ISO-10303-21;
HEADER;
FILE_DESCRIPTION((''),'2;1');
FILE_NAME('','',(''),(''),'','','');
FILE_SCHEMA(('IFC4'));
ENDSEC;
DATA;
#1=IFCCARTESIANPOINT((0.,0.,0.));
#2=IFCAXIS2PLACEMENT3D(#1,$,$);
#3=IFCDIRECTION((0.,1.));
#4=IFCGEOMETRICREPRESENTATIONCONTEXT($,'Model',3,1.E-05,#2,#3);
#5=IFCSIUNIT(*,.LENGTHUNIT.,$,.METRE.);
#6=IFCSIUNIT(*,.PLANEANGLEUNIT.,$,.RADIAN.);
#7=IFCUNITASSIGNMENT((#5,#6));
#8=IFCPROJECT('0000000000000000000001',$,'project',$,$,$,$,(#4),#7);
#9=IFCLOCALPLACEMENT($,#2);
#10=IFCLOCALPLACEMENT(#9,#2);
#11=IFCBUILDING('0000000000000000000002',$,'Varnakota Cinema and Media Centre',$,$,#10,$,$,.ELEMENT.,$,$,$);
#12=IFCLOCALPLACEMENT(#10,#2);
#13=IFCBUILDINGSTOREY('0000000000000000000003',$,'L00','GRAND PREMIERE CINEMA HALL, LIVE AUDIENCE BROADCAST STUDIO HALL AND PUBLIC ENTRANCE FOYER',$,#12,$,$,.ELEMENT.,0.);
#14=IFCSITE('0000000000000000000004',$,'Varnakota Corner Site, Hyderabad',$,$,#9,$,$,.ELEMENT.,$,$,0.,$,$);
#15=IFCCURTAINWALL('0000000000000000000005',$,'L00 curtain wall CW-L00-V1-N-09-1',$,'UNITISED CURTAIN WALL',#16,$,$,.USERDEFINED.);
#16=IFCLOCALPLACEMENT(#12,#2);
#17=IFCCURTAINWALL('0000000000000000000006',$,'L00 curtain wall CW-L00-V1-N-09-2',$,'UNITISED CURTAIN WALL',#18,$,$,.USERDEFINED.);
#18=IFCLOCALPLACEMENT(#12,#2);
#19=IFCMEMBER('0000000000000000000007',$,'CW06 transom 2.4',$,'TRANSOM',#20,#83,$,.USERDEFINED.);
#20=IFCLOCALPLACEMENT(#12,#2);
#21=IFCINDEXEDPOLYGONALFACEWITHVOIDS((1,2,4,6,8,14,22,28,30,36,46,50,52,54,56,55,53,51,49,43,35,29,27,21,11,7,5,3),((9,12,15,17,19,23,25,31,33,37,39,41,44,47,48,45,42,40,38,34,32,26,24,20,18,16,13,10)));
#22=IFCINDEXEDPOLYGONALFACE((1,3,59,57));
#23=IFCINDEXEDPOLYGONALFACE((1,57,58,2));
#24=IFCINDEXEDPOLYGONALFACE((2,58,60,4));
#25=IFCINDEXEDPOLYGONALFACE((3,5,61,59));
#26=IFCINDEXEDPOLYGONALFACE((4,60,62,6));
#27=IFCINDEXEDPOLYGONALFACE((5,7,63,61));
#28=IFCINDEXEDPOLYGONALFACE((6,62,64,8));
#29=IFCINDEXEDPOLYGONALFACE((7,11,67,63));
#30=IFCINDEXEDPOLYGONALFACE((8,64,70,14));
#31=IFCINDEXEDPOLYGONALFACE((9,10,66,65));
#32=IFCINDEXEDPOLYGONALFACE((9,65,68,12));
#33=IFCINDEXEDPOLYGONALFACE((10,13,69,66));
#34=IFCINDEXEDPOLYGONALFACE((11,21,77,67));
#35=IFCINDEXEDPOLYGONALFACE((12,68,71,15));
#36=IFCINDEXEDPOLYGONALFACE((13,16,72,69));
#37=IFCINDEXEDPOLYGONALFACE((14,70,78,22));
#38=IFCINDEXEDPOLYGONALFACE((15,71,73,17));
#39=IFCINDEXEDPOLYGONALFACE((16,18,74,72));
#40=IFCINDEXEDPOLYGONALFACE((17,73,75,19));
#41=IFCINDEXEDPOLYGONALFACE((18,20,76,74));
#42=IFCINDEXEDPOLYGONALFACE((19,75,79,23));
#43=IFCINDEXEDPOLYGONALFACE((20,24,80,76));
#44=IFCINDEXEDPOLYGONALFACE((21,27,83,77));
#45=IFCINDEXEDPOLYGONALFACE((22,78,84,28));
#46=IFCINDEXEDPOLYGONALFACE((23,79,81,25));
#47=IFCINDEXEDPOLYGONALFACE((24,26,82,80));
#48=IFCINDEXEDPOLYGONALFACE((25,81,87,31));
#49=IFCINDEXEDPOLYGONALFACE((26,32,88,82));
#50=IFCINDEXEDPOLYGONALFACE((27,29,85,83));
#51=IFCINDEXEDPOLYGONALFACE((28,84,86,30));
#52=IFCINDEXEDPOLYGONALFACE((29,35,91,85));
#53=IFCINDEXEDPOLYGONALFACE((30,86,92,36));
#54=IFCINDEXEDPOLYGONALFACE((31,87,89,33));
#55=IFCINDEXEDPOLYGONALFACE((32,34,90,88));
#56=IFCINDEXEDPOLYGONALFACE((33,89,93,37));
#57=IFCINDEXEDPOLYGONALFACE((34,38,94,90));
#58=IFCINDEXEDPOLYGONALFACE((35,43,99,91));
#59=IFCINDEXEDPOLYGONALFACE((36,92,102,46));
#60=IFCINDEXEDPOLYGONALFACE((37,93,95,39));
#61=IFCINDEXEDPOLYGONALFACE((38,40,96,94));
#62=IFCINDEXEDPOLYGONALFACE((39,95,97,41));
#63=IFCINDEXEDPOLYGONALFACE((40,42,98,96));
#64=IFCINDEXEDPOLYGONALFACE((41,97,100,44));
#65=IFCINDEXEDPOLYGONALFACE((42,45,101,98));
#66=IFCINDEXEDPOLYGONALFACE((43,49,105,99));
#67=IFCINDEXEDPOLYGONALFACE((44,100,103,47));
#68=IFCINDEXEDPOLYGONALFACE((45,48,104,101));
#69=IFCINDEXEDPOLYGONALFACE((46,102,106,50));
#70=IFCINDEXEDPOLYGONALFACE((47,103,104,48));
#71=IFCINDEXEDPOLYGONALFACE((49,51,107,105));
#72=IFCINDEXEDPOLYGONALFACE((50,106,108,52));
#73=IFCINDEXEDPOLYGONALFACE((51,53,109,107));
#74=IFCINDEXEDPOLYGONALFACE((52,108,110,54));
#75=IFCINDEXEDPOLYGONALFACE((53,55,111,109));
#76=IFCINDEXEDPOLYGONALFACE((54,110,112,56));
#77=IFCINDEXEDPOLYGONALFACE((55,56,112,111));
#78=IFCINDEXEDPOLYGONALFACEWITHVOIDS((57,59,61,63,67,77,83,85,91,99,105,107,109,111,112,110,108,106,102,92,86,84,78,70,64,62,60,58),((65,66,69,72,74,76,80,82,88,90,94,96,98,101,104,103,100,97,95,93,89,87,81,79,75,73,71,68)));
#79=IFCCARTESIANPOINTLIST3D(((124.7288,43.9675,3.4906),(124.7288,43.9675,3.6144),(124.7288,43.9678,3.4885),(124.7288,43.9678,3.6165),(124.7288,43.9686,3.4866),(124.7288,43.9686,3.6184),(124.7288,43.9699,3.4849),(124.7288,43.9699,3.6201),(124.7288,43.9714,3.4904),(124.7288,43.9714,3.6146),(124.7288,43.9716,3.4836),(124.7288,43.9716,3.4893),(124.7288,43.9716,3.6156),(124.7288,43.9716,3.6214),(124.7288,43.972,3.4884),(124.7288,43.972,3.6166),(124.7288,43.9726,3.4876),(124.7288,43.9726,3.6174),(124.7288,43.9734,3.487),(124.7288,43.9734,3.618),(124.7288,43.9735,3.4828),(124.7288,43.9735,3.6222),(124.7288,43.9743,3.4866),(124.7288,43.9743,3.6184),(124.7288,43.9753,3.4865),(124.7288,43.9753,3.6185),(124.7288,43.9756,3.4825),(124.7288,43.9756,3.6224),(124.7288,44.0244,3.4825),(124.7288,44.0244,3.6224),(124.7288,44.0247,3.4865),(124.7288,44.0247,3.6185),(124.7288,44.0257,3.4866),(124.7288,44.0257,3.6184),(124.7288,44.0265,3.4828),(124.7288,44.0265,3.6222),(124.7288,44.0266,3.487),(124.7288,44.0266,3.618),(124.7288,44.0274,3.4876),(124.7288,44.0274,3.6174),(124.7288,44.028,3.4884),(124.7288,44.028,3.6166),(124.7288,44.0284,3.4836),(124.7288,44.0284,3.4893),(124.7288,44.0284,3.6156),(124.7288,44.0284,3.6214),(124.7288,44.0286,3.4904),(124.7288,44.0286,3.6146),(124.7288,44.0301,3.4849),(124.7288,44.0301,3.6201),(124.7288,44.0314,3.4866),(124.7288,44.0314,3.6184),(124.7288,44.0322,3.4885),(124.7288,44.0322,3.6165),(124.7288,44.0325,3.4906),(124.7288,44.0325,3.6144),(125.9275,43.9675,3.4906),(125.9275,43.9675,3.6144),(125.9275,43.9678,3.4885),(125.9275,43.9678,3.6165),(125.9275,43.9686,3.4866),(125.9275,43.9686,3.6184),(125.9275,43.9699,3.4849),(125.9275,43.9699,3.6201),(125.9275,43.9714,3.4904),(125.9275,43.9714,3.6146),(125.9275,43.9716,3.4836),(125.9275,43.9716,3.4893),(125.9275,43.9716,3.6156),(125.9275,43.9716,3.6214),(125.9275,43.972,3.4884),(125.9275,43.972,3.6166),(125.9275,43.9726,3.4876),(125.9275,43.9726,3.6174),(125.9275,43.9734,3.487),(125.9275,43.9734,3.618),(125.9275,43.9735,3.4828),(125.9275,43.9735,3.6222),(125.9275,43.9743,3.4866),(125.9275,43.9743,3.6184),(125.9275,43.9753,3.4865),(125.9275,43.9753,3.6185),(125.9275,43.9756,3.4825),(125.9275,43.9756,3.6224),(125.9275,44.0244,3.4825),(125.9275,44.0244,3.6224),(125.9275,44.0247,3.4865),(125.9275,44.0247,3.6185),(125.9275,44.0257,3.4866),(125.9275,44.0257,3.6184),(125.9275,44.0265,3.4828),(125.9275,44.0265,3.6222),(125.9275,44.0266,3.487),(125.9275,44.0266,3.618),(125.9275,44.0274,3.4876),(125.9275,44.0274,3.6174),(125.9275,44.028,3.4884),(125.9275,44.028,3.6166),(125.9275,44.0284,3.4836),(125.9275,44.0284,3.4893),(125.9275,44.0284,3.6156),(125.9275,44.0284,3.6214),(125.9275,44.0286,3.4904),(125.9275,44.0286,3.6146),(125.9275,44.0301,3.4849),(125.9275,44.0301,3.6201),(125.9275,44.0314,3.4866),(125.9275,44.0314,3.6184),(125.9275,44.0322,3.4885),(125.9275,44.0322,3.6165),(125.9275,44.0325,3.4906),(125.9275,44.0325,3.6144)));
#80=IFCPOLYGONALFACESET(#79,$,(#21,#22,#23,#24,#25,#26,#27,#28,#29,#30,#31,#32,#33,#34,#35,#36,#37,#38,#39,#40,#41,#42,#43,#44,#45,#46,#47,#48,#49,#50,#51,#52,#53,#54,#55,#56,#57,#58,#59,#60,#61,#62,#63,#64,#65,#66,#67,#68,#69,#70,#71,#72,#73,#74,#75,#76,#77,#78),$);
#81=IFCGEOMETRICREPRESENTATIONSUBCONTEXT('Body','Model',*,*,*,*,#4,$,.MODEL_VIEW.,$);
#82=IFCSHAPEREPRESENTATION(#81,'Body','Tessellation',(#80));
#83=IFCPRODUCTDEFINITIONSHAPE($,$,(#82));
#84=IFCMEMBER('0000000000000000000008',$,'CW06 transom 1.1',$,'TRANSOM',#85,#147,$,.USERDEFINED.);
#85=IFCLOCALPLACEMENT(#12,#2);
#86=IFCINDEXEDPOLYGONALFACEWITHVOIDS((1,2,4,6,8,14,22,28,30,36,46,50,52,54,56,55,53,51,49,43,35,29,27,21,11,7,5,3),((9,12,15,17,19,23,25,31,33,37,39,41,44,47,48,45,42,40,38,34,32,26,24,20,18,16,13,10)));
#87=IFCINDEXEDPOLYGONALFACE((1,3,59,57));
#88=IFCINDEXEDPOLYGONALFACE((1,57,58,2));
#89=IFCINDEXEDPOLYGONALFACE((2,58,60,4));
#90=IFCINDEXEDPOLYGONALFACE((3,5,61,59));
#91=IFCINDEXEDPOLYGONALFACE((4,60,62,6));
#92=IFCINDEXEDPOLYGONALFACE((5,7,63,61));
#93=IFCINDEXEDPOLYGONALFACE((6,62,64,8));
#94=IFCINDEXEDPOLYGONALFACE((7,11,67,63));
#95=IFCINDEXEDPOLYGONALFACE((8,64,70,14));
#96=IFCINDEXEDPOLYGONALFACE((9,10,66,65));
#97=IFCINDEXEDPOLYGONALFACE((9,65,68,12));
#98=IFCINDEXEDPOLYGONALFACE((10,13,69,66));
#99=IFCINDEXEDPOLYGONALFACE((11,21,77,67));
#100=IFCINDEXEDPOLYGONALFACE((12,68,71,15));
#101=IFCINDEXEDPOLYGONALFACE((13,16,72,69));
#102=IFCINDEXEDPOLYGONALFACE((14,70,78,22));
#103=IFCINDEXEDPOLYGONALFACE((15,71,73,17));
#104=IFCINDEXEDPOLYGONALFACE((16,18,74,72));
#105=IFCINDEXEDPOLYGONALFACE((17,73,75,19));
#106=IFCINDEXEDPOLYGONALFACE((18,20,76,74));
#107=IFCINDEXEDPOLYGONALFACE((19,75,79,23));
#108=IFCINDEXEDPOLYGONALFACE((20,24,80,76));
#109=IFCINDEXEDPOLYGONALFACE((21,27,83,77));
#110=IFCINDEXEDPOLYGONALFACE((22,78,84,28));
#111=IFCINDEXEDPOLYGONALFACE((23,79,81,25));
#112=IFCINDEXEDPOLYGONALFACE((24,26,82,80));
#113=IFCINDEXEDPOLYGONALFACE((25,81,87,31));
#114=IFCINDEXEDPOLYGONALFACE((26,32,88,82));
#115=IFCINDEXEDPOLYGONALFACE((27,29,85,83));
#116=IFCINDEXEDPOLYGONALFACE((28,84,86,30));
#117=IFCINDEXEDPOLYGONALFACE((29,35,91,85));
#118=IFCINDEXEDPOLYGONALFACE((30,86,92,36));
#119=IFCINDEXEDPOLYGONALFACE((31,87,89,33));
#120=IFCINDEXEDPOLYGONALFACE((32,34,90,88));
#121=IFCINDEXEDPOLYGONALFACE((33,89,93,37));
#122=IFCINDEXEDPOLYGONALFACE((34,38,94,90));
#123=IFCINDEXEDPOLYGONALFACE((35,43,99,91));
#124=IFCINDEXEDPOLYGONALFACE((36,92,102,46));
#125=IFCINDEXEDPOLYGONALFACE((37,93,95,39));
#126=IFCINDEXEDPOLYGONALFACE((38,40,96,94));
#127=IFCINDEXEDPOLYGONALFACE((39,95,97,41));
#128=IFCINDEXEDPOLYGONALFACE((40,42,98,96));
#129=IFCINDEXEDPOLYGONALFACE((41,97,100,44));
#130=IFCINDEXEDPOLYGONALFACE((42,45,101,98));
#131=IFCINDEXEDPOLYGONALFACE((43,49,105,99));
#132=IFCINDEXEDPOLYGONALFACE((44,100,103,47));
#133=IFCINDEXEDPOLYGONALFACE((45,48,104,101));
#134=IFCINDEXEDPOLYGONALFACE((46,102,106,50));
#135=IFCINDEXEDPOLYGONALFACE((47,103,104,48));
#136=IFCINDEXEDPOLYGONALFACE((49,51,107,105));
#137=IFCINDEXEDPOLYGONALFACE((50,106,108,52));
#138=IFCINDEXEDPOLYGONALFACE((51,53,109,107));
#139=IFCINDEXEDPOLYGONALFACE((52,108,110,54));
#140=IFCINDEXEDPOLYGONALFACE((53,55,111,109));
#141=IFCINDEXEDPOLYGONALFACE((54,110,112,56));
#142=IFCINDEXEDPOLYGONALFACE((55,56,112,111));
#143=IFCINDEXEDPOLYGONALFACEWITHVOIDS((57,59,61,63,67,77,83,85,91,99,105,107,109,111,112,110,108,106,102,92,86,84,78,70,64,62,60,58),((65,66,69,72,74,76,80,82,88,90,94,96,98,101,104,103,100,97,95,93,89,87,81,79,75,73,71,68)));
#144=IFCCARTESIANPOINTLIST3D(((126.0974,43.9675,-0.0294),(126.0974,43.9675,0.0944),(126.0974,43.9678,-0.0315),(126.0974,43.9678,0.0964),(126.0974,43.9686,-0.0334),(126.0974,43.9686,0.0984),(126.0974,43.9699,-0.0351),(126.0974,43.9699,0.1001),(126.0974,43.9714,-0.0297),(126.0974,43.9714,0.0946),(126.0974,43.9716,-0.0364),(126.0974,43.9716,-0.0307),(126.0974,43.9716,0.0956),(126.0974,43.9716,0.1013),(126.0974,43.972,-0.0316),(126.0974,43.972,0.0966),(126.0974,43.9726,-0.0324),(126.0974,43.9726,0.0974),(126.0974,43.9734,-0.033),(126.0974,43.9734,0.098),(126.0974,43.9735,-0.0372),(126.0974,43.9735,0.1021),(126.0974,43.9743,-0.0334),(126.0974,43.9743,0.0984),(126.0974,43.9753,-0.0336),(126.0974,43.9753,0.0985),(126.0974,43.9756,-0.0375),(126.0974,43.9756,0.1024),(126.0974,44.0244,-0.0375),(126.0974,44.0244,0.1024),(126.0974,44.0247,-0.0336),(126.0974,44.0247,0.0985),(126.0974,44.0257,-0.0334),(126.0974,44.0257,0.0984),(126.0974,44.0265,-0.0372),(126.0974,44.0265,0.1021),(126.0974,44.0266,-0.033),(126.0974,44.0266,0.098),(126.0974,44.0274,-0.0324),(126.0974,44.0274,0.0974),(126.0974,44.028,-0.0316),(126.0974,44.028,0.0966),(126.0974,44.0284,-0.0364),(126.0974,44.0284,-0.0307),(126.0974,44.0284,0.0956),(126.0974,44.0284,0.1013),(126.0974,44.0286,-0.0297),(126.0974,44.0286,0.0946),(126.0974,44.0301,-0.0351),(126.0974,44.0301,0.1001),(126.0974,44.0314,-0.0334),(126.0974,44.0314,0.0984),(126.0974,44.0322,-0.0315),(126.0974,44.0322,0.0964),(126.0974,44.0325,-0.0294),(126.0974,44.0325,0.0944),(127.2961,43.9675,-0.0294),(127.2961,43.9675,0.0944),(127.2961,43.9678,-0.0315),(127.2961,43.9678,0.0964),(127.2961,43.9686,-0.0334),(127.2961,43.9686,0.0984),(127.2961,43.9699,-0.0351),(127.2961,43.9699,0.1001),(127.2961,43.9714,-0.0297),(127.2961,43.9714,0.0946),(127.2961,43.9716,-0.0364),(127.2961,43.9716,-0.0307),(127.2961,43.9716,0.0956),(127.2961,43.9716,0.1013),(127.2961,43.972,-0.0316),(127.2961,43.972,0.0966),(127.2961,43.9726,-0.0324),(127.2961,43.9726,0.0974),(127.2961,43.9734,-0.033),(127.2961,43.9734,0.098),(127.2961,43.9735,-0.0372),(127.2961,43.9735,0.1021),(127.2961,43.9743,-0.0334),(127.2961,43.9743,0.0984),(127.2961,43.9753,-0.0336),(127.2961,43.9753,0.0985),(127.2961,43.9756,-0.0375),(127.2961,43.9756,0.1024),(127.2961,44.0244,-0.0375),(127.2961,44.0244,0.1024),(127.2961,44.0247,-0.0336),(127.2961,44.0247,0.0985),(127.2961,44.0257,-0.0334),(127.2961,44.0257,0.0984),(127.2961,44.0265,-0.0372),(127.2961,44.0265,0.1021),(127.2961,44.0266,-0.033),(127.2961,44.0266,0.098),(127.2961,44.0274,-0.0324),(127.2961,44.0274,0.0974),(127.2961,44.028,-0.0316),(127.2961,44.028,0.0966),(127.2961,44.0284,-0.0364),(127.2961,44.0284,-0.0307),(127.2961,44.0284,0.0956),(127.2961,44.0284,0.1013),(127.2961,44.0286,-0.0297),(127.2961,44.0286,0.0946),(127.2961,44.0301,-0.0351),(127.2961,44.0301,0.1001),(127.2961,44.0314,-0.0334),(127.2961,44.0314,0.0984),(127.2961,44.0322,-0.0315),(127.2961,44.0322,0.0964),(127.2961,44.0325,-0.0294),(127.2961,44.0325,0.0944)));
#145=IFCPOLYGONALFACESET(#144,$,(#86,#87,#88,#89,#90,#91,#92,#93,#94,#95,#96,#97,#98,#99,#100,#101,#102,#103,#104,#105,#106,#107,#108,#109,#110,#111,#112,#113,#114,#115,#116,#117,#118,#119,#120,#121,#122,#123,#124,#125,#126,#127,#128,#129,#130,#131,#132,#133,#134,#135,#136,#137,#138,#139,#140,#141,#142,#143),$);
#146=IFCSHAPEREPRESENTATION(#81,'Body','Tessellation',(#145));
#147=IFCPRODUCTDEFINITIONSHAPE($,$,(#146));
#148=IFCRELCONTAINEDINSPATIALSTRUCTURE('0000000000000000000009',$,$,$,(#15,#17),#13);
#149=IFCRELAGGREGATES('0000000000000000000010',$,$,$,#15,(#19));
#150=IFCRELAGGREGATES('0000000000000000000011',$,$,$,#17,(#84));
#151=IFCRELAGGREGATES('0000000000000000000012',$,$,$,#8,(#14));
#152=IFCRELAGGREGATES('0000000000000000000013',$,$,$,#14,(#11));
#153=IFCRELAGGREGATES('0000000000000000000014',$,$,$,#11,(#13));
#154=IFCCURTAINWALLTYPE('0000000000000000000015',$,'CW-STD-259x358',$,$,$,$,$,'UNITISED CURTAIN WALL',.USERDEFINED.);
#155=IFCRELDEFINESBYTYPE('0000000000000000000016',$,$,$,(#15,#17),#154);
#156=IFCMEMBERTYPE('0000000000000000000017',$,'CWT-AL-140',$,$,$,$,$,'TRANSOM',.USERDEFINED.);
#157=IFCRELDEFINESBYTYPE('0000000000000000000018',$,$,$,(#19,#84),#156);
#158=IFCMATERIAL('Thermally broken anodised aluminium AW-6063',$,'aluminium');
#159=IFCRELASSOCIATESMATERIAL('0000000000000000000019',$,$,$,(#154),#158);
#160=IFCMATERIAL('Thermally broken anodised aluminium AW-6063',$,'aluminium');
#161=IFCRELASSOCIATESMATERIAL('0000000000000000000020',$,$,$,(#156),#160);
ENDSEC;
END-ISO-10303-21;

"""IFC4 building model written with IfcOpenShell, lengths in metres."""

from ifc_helpers import new_model, si_unit, direction, frame, origin, origin_2d, place, context, subcontext, project, spatial, hollow_rectangle, extrude, material, material_profile, profile_set, type_object, element, aggregate, save


model = new_model("IFC4")

# Units and contexts
model_context = context("Model", 3, precision=1e-05, world=origin(), true_north=direction((0.0, 1.0)))
body_context = subcontext(model_context, "Body", "Model", "MODEL_VIEW")
ifc_project = project(units=[si_unit("LENGTHUNIT", "METRE"), si_unit("PLANEANGLEUNIT", "RADIAN")], contexts=[model_context])

# Site, building, storey
site_placement = place(None, origin())
site = spatial("IfcSite", under=ifc_project, at=site_placement, Name="Varnakota Corner Site, Hyderabad", CompositionType="ELEMENT", RefElevation=0.0)
building_placement = place(site_placement, origin())
building = spatial("IfcBuilding", under=site, at=building_placement, Name="Varnakota Cinema and Media Centre", CompositionType="ELEMENT")
storey_placement = place(building_placement, origin())
storey = spatial("IfcBuildingStorey", under=building, at=storey_placement, Name="L00", Description="GRAND PREMIERE CINEMA HALL, LIVE AUDIENCE BROADCAST STUDIO HALL AND PUBLIC ENTRANCE FOYER", CompositionType="ELEMENT", Elevation=0.0)

# Curtain wall
ifc_material_1 = material(Name="Thermally broken anodised aluminium AW-6063", Category="aluminium")
curtain_wall_type = type_object("IfcCurtainWallType", Name="CW-STD-259x358", ElementType="UNITISED CURTAIN WALL", PredefinedType="USERDEFINED", material=ifc_material_1)
curtain_wall_1_placement = place(storey_placement, origin())
curtain_wall_1 = element("IfcCurtainWall", 1, at=curtain_wall_1_placement, inside=storey, type_object=curtain_wall_type, Name="L00 curtain wall CW-L00-V1-N-09-1", ObjectType="UNITISED CURTAIN WALL", PredefinedType="USERDEFINED")

# Curtain wall
curtain_wall_2_placement = place(storey_placement, origin())
curtain_wall_2 = element("IfcCurtainWall", 2, at=curtain_wall_2_placement, inside=storey, type_object=curtain_wall_type, Name="L00 curtain wall CW-L00-V1-N-09-2", ObjectType="UNITISED CURTAIN WALL", PredefinedType="USERDEFINED")

# Members
ifc_material_2 = material(Name="Thermally broken anodised aluminium AW-6063", Category="aluminium")
ifc_material_profile_1 = material_profile(ifc_material_2, hollow_rectangle(XDim=0.0649, YDim=0.1399, WallThickness=0.0039, InnerFilletRadius=0.0039, OuterFilletRadius=0.0081, at=origin_2d()), Name="AL-TRANSOM 140x65x4")
ifc_profile_set_1 = profile_set([ifc_material_profile_1], Name="Thermally broken anodised aluminium AW-6063")
member_type_1 = type_object("IfcMemberType", Name="CWT-AL-140", ElementType="TRANSOM", PredefinedType="USERDEFINED", material=ifc_profile_set_1)
member_1_placement = place(storey_placement, frame((124.7288, 44.0, 3.5525), z_axis=(1.0, 0.0, 0.0), x_axis=(0.0, 1.0, 0.0)))
member_1 = element("IfcMember", 3, at=member_1_placement, type_object=member_type_1, Name="CW06 transom 2.4", ObjectType="TRANSOM", PredefinedType="USERDEFINED", context=body_context, shape_type="SweptSolid", body=[
    extrude(hollow_rectangle(XDim=0.0649, YDim=0.1399, WallThickness=0.0039, InnerFilletRadius=0.0039, OuterFilletRadius=0.0081, at=origin_2d()), origin(), (0.0, 0.0, 1.0), 1.1987),
])
member_2_placement = place(storey_placement, frame((126.0974, 44.0, 0.0325), z_axis=(1.0, 0.0, 0.0), x_axis=(0.0, 1.0, 0.0)))
member_2 = element("IfcMember", 4, at=member_2_placement, type_object=member_type_1, Name="CW06 transom 1.1", ObjectType="TRANSOM", PredefinedType="USERDEFINED", context=body_context, shape_type="SweptSolid", body=[
    extrude(hollow_rectangle(XDim=0.0649, YDim=0.1399, WallThickness=0.0039, InnerFilletRadius=0.0039, OuterFilletRadius=0.0081, at=origin_2d()), origin(), (0.0, 0.0, 1.0), 1.1987),
])

aggregate(curtain_wall_1, [member_1])
aggregate(curtain_wall_2, [member_2])

save(model, "model.ifc")
